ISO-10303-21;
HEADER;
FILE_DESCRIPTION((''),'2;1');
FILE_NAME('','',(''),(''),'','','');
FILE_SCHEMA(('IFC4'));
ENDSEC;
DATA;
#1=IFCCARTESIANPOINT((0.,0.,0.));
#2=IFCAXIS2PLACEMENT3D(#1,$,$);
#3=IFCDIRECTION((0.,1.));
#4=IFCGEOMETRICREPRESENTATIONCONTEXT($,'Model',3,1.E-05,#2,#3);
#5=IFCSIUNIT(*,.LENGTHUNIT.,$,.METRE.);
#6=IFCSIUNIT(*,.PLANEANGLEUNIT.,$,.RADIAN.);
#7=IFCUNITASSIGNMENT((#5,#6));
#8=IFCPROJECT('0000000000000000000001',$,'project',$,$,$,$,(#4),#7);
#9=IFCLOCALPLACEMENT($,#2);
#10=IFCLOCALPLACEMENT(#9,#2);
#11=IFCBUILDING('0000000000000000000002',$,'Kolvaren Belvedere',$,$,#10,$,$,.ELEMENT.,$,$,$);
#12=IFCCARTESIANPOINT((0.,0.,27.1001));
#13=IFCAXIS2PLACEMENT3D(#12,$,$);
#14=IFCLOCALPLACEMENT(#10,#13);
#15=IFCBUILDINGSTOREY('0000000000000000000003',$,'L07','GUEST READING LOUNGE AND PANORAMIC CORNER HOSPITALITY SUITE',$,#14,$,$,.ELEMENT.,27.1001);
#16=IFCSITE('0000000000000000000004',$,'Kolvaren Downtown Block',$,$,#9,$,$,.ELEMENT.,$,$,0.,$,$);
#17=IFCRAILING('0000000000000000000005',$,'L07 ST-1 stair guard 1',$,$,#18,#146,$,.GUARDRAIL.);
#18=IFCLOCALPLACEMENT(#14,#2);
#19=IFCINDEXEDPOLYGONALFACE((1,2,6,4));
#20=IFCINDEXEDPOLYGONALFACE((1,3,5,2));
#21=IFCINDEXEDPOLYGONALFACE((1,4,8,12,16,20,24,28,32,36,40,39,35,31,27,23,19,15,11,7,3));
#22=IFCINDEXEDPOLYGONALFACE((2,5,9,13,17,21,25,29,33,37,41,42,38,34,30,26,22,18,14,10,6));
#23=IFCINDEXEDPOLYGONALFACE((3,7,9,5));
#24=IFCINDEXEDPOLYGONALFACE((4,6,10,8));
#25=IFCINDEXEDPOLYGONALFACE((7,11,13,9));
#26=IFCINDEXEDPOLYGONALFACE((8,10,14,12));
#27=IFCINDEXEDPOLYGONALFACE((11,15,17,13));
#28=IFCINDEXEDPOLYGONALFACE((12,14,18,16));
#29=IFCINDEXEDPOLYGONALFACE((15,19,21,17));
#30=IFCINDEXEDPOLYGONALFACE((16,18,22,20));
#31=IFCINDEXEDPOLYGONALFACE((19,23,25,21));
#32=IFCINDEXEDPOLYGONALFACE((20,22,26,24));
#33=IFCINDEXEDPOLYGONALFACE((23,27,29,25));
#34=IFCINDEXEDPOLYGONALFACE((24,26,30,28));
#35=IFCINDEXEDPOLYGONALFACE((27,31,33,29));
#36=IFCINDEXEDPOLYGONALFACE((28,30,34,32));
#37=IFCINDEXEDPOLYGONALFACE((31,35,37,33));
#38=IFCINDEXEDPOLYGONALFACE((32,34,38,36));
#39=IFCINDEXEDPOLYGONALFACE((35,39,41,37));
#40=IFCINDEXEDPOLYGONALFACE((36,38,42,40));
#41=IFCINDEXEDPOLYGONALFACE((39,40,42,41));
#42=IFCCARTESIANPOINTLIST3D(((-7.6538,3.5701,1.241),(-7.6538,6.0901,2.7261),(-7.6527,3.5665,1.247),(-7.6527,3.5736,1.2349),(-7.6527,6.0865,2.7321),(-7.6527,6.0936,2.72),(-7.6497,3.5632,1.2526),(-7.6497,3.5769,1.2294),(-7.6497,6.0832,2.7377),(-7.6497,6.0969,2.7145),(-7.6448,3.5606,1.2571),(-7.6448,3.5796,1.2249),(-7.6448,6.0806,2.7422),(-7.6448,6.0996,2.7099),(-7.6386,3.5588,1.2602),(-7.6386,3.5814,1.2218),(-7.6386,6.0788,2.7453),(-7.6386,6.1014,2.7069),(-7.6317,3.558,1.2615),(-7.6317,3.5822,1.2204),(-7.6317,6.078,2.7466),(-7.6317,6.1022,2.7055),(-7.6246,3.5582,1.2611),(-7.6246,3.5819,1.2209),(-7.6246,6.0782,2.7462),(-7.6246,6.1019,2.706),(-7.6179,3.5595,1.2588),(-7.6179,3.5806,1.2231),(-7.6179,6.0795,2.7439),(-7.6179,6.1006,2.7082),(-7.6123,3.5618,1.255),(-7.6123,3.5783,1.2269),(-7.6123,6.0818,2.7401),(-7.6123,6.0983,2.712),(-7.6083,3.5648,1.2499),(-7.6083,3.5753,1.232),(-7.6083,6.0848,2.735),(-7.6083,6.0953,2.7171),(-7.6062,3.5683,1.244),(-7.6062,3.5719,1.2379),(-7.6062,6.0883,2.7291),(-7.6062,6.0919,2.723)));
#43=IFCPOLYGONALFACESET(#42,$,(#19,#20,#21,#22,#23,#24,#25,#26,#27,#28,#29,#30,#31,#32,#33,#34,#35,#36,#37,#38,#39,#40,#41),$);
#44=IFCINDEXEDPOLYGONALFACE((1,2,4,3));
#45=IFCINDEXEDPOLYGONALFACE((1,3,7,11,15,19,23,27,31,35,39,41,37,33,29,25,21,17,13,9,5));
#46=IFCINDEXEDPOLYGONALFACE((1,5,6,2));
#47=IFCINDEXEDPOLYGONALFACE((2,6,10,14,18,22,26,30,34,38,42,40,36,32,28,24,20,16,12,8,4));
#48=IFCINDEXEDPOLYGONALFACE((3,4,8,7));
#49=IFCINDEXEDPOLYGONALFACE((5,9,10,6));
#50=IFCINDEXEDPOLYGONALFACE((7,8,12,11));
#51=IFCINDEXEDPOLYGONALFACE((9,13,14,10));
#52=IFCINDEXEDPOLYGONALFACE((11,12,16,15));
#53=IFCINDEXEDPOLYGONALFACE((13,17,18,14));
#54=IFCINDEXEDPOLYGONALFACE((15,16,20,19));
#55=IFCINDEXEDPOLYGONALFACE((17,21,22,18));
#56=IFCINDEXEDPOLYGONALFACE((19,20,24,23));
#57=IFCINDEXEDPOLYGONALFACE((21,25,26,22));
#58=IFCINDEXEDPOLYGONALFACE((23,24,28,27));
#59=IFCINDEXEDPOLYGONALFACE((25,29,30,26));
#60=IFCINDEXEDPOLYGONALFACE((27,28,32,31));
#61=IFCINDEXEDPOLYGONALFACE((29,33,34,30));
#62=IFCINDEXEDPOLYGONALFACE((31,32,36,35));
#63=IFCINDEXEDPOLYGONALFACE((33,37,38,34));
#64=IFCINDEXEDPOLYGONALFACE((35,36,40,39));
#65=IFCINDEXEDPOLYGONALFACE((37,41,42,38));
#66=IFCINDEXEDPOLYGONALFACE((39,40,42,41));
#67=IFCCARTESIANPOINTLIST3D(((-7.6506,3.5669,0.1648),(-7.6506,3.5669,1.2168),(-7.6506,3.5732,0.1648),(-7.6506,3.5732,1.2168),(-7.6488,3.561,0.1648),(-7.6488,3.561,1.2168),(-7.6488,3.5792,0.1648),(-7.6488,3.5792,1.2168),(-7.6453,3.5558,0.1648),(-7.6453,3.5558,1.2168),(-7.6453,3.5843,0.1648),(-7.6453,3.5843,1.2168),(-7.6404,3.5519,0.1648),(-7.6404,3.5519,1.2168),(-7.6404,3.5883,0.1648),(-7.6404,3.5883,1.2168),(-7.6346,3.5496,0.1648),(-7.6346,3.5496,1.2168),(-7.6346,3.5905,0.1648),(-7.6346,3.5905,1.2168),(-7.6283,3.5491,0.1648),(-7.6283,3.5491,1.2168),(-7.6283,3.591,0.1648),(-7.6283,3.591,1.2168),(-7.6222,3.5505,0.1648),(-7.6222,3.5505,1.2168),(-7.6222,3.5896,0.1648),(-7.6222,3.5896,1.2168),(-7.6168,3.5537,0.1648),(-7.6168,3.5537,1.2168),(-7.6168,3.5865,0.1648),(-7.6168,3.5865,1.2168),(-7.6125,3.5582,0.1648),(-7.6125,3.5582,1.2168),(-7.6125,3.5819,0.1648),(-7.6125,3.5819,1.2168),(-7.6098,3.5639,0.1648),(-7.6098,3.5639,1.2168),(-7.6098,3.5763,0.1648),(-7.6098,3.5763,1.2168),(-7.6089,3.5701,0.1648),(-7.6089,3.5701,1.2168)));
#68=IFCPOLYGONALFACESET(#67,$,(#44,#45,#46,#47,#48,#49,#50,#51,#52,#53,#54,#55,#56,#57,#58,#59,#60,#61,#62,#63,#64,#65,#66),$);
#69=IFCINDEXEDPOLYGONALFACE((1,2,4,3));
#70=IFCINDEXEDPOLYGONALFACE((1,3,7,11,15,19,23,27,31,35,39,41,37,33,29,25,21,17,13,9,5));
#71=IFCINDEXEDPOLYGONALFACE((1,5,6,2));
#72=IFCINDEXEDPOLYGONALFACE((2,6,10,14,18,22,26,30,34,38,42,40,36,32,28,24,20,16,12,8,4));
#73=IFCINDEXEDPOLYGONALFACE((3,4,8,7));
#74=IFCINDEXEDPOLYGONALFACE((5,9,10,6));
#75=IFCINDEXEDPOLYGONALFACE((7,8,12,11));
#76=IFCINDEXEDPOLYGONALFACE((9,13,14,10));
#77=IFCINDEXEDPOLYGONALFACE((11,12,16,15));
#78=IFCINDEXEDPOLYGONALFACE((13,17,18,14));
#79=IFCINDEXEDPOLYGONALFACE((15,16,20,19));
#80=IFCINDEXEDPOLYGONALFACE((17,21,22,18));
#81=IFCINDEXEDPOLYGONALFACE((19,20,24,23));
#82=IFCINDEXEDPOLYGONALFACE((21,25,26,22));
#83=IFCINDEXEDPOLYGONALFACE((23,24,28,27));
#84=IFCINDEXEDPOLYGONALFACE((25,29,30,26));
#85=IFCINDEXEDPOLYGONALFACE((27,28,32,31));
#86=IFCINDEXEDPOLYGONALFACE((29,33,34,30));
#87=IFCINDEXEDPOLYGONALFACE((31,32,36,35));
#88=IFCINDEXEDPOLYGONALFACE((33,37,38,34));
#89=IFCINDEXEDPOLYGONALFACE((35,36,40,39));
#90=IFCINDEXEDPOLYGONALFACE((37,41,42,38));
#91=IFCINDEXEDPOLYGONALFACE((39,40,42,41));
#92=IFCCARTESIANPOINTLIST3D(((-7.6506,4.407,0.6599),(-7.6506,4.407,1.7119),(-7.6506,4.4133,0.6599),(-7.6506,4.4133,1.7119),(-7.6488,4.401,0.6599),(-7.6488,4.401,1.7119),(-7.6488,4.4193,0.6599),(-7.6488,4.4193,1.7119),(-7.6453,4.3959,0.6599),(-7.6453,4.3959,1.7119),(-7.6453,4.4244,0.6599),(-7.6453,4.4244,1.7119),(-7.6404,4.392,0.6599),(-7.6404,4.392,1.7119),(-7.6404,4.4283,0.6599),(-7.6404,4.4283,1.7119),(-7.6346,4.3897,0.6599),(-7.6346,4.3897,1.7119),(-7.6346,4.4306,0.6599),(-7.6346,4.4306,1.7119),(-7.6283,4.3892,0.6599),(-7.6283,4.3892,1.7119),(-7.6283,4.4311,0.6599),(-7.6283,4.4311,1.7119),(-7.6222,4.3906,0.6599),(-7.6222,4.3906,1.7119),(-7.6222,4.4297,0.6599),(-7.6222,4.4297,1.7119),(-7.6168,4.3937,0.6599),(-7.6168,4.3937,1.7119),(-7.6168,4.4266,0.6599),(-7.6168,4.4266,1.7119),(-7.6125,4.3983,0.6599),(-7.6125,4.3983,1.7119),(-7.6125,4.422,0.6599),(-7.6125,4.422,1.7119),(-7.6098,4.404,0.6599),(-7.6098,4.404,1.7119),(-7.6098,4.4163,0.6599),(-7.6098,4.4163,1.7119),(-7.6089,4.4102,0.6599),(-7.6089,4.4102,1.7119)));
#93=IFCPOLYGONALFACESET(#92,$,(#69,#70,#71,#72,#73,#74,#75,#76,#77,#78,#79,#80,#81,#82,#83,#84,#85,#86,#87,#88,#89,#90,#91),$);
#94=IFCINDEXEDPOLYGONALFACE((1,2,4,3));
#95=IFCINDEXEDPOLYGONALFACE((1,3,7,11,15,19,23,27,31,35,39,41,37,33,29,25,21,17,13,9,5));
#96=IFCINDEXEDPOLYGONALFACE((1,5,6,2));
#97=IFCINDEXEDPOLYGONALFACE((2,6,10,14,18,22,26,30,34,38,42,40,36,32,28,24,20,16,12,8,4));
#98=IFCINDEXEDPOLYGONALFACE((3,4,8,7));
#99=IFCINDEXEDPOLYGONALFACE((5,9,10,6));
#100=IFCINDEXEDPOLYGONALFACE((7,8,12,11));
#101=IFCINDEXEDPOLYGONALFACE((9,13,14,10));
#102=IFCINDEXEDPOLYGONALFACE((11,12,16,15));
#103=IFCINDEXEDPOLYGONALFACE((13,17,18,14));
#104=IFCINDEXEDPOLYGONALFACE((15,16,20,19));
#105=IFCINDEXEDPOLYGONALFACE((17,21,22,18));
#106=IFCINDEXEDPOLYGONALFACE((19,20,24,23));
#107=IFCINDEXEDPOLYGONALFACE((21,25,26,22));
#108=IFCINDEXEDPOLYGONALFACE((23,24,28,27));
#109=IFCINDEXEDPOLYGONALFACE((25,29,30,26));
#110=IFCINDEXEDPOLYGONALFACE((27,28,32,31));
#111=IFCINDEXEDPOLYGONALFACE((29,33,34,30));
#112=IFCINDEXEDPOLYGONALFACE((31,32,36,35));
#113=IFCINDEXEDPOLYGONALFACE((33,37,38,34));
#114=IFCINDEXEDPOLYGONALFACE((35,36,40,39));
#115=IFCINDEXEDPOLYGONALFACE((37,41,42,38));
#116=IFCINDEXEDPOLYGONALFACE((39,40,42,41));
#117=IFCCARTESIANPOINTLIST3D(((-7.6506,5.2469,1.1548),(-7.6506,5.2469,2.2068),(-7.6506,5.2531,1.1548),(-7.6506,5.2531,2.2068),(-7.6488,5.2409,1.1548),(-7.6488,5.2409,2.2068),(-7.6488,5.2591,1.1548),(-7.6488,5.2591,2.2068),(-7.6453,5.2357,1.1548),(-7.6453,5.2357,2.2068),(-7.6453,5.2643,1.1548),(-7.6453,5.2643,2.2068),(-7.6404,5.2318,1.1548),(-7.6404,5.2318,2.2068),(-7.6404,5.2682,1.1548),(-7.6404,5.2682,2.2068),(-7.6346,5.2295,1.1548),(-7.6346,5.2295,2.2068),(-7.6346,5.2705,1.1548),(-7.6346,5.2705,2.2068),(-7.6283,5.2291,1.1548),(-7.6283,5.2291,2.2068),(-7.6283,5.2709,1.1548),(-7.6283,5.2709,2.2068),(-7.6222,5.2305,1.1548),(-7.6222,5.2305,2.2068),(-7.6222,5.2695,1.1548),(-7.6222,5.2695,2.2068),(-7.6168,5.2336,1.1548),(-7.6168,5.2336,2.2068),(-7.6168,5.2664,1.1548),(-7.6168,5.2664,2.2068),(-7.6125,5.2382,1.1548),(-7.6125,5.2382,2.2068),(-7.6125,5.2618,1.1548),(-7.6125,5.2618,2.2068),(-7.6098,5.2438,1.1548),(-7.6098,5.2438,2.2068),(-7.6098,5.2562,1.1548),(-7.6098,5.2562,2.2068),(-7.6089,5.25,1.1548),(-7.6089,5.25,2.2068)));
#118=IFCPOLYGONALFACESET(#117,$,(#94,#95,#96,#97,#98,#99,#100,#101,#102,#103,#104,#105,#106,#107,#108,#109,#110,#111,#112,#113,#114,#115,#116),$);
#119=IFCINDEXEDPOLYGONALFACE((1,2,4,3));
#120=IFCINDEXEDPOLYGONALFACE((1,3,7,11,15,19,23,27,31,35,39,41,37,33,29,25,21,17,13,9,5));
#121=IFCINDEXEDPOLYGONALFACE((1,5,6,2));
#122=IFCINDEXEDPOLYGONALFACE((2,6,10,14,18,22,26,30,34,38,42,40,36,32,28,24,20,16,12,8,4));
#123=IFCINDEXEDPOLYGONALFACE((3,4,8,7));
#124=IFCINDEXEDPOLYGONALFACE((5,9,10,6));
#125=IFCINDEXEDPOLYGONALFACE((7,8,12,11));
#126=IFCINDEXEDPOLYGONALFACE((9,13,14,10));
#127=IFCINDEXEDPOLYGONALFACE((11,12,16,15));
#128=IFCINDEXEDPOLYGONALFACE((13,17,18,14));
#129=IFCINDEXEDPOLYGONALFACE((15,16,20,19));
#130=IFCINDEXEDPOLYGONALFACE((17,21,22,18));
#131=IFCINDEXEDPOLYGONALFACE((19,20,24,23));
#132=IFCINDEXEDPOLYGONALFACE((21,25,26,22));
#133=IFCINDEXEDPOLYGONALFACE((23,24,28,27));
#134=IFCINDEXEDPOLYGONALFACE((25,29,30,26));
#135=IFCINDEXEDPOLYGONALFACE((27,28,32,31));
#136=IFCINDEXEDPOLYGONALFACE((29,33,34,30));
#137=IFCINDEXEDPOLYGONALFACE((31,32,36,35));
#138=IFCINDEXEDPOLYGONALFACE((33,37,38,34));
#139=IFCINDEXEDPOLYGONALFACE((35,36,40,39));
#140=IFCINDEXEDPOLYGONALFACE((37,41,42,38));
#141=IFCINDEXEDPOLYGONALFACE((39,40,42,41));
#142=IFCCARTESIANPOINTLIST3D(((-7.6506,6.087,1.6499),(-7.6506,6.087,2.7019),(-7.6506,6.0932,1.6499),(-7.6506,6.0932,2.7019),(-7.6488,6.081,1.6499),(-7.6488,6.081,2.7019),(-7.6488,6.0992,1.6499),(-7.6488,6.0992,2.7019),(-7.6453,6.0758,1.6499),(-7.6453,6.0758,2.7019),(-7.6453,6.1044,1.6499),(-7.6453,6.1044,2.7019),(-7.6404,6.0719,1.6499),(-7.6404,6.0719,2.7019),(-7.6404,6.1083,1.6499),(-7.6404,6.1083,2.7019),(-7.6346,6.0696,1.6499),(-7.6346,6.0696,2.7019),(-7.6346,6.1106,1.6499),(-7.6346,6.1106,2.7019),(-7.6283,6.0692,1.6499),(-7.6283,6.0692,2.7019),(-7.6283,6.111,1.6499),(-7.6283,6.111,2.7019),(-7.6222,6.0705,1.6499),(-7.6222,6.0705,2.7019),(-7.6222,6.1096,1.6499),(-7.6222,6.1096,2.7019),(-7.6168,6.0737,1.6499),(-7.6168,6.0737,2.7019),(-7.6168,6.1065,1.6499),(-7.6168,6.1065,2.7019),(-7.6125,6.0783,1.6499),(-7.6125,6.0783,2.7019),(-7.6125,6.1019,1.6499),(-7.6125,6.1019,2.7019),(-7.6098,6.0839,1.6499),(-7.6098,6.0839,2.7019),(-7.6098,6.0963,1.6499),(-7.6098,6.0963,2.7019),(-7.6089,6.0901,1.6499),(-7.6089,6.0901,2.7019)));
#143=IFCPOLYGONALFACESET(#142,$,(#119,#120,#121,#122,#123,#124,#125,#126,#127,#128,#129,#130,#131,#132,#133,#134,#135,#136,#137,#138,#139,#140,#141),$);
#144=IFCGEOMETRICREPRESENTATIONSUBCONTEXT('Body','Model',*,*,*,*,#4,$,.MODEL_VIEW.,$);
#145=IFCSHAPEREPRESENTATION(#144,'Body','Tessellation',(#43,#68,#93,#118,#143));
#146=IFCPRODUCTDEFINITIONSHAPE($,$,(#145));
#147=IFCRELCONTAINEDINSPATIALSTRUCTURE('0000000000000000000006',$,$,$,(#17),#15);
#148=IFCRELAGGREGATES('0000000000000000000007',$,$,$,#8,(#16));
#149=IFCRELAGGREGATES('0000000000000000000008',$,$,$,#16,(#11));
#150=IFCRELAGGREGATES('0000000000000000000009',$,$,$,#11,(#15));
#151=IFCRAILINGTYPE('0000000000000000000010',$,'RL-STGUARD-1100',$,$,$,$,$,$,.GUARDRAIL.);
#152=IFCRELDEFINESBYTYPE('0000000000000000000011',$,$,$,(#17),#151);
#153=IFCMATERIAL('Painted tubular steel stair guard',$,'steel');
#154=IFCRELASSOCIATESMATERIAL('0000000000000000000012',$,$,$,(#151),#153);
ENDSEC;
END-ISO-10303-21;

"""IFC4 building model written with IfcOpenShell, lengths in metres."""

from ifc_helpers import new_model, si_unit, direction, frame, origin, origin_2d, place, context, subcontext, project, spatial, circle, extrude, material, type_object, element, save


model = new_model("IFC4")

# Units and contexts
model_context = context("Model", 3, precision=1e-05, world=origin(), true_north=direction((0.0, 1.0)))
body_context = subcontext(model_context, "Body", "Model", "MODEL_VIEW")
ifc_project = project(units=[si_unit("LENGTHUNIT", "METRE"), si_unit("PLANEANGLEUNIT", "RADIAN")], contexts=[model_context])

# Site, building, storey
site_placement = place(None, origin())
site = spatial("IfcSite", under=ifc_project, at=site_placement, Name="Kolvaren Downtown Block", CompositionType="ELEMENT", RefElevation=0.0)
building_placement = place(site_placement, origin())
building = spatial("IfcBuilding", under=site, at=building_placement, Name="Kolvaren Belvedere", CompositionType="ELEMENT")
storey_placement = place(building_placement, frame((0.0, 0.0, 27.1001)))
storey = spatial("IfcBuildingStorey", under=building, at=storey_placement, Name="L07", Description="GUEST READING LOUNGE AND PANORAMIC CORNER HOSPITALITY SUITE", CompositionType="ELEMENT", Elevation=27.1001)

# Railing
ifc_material_1 = material(Name="Painted tubular steel stair guard", Category="steel")
railing_type_1 = type_object("IfcRailingType", Name="RL-STGUARD-1100", PredefinedType="GUARDRAIL", material=ifc_material_1)
railing_1_placement = place(storey_placement, frame((-7.6299, 3.5701, 0.1648)))
element("IfcRailing", 1, at=railing_1_placement, inside=storey, type_object=railing_type_1, Name="L07 ST-1 stair guard 1", PredefinedType="GUARDRAIL", context=body_context, shape_type="SweptSolid", body=[
    extrude(circle(Radius=0.0239, at=origin_2d()), frame((0.0, 0.0, 1.0762), z_axis=(0.0, 0.861524, 0.507717), x_axis=(-1.0, 0.0, 0.0)), (0.0, 0.0, 1.0), 2.925),
    extrude(circle(Radius=0.021, at=origin_2d()), origin(), (0.0, 0.0, 1.0), 1.052),
    extrude(circle(Radius=0.021, at=origin_2d()), frame((0.0, 0.8401, 0.4951)), (0.0, 0.0, 1.0), 1.052),
    extrude(circle(Radius=0.021, at=origin_2d()), frame((0.0, 1.6799, 0.99)), (0.0, 0.0, 1.0), 1.052),
    extrude(circle(Radius=0.021, at=origin_2d()), frame((0.0, 2.52, 1.4851)), (0.0, 0.0, 1.0), 1.052),
])

save(model, "model.ifc")
